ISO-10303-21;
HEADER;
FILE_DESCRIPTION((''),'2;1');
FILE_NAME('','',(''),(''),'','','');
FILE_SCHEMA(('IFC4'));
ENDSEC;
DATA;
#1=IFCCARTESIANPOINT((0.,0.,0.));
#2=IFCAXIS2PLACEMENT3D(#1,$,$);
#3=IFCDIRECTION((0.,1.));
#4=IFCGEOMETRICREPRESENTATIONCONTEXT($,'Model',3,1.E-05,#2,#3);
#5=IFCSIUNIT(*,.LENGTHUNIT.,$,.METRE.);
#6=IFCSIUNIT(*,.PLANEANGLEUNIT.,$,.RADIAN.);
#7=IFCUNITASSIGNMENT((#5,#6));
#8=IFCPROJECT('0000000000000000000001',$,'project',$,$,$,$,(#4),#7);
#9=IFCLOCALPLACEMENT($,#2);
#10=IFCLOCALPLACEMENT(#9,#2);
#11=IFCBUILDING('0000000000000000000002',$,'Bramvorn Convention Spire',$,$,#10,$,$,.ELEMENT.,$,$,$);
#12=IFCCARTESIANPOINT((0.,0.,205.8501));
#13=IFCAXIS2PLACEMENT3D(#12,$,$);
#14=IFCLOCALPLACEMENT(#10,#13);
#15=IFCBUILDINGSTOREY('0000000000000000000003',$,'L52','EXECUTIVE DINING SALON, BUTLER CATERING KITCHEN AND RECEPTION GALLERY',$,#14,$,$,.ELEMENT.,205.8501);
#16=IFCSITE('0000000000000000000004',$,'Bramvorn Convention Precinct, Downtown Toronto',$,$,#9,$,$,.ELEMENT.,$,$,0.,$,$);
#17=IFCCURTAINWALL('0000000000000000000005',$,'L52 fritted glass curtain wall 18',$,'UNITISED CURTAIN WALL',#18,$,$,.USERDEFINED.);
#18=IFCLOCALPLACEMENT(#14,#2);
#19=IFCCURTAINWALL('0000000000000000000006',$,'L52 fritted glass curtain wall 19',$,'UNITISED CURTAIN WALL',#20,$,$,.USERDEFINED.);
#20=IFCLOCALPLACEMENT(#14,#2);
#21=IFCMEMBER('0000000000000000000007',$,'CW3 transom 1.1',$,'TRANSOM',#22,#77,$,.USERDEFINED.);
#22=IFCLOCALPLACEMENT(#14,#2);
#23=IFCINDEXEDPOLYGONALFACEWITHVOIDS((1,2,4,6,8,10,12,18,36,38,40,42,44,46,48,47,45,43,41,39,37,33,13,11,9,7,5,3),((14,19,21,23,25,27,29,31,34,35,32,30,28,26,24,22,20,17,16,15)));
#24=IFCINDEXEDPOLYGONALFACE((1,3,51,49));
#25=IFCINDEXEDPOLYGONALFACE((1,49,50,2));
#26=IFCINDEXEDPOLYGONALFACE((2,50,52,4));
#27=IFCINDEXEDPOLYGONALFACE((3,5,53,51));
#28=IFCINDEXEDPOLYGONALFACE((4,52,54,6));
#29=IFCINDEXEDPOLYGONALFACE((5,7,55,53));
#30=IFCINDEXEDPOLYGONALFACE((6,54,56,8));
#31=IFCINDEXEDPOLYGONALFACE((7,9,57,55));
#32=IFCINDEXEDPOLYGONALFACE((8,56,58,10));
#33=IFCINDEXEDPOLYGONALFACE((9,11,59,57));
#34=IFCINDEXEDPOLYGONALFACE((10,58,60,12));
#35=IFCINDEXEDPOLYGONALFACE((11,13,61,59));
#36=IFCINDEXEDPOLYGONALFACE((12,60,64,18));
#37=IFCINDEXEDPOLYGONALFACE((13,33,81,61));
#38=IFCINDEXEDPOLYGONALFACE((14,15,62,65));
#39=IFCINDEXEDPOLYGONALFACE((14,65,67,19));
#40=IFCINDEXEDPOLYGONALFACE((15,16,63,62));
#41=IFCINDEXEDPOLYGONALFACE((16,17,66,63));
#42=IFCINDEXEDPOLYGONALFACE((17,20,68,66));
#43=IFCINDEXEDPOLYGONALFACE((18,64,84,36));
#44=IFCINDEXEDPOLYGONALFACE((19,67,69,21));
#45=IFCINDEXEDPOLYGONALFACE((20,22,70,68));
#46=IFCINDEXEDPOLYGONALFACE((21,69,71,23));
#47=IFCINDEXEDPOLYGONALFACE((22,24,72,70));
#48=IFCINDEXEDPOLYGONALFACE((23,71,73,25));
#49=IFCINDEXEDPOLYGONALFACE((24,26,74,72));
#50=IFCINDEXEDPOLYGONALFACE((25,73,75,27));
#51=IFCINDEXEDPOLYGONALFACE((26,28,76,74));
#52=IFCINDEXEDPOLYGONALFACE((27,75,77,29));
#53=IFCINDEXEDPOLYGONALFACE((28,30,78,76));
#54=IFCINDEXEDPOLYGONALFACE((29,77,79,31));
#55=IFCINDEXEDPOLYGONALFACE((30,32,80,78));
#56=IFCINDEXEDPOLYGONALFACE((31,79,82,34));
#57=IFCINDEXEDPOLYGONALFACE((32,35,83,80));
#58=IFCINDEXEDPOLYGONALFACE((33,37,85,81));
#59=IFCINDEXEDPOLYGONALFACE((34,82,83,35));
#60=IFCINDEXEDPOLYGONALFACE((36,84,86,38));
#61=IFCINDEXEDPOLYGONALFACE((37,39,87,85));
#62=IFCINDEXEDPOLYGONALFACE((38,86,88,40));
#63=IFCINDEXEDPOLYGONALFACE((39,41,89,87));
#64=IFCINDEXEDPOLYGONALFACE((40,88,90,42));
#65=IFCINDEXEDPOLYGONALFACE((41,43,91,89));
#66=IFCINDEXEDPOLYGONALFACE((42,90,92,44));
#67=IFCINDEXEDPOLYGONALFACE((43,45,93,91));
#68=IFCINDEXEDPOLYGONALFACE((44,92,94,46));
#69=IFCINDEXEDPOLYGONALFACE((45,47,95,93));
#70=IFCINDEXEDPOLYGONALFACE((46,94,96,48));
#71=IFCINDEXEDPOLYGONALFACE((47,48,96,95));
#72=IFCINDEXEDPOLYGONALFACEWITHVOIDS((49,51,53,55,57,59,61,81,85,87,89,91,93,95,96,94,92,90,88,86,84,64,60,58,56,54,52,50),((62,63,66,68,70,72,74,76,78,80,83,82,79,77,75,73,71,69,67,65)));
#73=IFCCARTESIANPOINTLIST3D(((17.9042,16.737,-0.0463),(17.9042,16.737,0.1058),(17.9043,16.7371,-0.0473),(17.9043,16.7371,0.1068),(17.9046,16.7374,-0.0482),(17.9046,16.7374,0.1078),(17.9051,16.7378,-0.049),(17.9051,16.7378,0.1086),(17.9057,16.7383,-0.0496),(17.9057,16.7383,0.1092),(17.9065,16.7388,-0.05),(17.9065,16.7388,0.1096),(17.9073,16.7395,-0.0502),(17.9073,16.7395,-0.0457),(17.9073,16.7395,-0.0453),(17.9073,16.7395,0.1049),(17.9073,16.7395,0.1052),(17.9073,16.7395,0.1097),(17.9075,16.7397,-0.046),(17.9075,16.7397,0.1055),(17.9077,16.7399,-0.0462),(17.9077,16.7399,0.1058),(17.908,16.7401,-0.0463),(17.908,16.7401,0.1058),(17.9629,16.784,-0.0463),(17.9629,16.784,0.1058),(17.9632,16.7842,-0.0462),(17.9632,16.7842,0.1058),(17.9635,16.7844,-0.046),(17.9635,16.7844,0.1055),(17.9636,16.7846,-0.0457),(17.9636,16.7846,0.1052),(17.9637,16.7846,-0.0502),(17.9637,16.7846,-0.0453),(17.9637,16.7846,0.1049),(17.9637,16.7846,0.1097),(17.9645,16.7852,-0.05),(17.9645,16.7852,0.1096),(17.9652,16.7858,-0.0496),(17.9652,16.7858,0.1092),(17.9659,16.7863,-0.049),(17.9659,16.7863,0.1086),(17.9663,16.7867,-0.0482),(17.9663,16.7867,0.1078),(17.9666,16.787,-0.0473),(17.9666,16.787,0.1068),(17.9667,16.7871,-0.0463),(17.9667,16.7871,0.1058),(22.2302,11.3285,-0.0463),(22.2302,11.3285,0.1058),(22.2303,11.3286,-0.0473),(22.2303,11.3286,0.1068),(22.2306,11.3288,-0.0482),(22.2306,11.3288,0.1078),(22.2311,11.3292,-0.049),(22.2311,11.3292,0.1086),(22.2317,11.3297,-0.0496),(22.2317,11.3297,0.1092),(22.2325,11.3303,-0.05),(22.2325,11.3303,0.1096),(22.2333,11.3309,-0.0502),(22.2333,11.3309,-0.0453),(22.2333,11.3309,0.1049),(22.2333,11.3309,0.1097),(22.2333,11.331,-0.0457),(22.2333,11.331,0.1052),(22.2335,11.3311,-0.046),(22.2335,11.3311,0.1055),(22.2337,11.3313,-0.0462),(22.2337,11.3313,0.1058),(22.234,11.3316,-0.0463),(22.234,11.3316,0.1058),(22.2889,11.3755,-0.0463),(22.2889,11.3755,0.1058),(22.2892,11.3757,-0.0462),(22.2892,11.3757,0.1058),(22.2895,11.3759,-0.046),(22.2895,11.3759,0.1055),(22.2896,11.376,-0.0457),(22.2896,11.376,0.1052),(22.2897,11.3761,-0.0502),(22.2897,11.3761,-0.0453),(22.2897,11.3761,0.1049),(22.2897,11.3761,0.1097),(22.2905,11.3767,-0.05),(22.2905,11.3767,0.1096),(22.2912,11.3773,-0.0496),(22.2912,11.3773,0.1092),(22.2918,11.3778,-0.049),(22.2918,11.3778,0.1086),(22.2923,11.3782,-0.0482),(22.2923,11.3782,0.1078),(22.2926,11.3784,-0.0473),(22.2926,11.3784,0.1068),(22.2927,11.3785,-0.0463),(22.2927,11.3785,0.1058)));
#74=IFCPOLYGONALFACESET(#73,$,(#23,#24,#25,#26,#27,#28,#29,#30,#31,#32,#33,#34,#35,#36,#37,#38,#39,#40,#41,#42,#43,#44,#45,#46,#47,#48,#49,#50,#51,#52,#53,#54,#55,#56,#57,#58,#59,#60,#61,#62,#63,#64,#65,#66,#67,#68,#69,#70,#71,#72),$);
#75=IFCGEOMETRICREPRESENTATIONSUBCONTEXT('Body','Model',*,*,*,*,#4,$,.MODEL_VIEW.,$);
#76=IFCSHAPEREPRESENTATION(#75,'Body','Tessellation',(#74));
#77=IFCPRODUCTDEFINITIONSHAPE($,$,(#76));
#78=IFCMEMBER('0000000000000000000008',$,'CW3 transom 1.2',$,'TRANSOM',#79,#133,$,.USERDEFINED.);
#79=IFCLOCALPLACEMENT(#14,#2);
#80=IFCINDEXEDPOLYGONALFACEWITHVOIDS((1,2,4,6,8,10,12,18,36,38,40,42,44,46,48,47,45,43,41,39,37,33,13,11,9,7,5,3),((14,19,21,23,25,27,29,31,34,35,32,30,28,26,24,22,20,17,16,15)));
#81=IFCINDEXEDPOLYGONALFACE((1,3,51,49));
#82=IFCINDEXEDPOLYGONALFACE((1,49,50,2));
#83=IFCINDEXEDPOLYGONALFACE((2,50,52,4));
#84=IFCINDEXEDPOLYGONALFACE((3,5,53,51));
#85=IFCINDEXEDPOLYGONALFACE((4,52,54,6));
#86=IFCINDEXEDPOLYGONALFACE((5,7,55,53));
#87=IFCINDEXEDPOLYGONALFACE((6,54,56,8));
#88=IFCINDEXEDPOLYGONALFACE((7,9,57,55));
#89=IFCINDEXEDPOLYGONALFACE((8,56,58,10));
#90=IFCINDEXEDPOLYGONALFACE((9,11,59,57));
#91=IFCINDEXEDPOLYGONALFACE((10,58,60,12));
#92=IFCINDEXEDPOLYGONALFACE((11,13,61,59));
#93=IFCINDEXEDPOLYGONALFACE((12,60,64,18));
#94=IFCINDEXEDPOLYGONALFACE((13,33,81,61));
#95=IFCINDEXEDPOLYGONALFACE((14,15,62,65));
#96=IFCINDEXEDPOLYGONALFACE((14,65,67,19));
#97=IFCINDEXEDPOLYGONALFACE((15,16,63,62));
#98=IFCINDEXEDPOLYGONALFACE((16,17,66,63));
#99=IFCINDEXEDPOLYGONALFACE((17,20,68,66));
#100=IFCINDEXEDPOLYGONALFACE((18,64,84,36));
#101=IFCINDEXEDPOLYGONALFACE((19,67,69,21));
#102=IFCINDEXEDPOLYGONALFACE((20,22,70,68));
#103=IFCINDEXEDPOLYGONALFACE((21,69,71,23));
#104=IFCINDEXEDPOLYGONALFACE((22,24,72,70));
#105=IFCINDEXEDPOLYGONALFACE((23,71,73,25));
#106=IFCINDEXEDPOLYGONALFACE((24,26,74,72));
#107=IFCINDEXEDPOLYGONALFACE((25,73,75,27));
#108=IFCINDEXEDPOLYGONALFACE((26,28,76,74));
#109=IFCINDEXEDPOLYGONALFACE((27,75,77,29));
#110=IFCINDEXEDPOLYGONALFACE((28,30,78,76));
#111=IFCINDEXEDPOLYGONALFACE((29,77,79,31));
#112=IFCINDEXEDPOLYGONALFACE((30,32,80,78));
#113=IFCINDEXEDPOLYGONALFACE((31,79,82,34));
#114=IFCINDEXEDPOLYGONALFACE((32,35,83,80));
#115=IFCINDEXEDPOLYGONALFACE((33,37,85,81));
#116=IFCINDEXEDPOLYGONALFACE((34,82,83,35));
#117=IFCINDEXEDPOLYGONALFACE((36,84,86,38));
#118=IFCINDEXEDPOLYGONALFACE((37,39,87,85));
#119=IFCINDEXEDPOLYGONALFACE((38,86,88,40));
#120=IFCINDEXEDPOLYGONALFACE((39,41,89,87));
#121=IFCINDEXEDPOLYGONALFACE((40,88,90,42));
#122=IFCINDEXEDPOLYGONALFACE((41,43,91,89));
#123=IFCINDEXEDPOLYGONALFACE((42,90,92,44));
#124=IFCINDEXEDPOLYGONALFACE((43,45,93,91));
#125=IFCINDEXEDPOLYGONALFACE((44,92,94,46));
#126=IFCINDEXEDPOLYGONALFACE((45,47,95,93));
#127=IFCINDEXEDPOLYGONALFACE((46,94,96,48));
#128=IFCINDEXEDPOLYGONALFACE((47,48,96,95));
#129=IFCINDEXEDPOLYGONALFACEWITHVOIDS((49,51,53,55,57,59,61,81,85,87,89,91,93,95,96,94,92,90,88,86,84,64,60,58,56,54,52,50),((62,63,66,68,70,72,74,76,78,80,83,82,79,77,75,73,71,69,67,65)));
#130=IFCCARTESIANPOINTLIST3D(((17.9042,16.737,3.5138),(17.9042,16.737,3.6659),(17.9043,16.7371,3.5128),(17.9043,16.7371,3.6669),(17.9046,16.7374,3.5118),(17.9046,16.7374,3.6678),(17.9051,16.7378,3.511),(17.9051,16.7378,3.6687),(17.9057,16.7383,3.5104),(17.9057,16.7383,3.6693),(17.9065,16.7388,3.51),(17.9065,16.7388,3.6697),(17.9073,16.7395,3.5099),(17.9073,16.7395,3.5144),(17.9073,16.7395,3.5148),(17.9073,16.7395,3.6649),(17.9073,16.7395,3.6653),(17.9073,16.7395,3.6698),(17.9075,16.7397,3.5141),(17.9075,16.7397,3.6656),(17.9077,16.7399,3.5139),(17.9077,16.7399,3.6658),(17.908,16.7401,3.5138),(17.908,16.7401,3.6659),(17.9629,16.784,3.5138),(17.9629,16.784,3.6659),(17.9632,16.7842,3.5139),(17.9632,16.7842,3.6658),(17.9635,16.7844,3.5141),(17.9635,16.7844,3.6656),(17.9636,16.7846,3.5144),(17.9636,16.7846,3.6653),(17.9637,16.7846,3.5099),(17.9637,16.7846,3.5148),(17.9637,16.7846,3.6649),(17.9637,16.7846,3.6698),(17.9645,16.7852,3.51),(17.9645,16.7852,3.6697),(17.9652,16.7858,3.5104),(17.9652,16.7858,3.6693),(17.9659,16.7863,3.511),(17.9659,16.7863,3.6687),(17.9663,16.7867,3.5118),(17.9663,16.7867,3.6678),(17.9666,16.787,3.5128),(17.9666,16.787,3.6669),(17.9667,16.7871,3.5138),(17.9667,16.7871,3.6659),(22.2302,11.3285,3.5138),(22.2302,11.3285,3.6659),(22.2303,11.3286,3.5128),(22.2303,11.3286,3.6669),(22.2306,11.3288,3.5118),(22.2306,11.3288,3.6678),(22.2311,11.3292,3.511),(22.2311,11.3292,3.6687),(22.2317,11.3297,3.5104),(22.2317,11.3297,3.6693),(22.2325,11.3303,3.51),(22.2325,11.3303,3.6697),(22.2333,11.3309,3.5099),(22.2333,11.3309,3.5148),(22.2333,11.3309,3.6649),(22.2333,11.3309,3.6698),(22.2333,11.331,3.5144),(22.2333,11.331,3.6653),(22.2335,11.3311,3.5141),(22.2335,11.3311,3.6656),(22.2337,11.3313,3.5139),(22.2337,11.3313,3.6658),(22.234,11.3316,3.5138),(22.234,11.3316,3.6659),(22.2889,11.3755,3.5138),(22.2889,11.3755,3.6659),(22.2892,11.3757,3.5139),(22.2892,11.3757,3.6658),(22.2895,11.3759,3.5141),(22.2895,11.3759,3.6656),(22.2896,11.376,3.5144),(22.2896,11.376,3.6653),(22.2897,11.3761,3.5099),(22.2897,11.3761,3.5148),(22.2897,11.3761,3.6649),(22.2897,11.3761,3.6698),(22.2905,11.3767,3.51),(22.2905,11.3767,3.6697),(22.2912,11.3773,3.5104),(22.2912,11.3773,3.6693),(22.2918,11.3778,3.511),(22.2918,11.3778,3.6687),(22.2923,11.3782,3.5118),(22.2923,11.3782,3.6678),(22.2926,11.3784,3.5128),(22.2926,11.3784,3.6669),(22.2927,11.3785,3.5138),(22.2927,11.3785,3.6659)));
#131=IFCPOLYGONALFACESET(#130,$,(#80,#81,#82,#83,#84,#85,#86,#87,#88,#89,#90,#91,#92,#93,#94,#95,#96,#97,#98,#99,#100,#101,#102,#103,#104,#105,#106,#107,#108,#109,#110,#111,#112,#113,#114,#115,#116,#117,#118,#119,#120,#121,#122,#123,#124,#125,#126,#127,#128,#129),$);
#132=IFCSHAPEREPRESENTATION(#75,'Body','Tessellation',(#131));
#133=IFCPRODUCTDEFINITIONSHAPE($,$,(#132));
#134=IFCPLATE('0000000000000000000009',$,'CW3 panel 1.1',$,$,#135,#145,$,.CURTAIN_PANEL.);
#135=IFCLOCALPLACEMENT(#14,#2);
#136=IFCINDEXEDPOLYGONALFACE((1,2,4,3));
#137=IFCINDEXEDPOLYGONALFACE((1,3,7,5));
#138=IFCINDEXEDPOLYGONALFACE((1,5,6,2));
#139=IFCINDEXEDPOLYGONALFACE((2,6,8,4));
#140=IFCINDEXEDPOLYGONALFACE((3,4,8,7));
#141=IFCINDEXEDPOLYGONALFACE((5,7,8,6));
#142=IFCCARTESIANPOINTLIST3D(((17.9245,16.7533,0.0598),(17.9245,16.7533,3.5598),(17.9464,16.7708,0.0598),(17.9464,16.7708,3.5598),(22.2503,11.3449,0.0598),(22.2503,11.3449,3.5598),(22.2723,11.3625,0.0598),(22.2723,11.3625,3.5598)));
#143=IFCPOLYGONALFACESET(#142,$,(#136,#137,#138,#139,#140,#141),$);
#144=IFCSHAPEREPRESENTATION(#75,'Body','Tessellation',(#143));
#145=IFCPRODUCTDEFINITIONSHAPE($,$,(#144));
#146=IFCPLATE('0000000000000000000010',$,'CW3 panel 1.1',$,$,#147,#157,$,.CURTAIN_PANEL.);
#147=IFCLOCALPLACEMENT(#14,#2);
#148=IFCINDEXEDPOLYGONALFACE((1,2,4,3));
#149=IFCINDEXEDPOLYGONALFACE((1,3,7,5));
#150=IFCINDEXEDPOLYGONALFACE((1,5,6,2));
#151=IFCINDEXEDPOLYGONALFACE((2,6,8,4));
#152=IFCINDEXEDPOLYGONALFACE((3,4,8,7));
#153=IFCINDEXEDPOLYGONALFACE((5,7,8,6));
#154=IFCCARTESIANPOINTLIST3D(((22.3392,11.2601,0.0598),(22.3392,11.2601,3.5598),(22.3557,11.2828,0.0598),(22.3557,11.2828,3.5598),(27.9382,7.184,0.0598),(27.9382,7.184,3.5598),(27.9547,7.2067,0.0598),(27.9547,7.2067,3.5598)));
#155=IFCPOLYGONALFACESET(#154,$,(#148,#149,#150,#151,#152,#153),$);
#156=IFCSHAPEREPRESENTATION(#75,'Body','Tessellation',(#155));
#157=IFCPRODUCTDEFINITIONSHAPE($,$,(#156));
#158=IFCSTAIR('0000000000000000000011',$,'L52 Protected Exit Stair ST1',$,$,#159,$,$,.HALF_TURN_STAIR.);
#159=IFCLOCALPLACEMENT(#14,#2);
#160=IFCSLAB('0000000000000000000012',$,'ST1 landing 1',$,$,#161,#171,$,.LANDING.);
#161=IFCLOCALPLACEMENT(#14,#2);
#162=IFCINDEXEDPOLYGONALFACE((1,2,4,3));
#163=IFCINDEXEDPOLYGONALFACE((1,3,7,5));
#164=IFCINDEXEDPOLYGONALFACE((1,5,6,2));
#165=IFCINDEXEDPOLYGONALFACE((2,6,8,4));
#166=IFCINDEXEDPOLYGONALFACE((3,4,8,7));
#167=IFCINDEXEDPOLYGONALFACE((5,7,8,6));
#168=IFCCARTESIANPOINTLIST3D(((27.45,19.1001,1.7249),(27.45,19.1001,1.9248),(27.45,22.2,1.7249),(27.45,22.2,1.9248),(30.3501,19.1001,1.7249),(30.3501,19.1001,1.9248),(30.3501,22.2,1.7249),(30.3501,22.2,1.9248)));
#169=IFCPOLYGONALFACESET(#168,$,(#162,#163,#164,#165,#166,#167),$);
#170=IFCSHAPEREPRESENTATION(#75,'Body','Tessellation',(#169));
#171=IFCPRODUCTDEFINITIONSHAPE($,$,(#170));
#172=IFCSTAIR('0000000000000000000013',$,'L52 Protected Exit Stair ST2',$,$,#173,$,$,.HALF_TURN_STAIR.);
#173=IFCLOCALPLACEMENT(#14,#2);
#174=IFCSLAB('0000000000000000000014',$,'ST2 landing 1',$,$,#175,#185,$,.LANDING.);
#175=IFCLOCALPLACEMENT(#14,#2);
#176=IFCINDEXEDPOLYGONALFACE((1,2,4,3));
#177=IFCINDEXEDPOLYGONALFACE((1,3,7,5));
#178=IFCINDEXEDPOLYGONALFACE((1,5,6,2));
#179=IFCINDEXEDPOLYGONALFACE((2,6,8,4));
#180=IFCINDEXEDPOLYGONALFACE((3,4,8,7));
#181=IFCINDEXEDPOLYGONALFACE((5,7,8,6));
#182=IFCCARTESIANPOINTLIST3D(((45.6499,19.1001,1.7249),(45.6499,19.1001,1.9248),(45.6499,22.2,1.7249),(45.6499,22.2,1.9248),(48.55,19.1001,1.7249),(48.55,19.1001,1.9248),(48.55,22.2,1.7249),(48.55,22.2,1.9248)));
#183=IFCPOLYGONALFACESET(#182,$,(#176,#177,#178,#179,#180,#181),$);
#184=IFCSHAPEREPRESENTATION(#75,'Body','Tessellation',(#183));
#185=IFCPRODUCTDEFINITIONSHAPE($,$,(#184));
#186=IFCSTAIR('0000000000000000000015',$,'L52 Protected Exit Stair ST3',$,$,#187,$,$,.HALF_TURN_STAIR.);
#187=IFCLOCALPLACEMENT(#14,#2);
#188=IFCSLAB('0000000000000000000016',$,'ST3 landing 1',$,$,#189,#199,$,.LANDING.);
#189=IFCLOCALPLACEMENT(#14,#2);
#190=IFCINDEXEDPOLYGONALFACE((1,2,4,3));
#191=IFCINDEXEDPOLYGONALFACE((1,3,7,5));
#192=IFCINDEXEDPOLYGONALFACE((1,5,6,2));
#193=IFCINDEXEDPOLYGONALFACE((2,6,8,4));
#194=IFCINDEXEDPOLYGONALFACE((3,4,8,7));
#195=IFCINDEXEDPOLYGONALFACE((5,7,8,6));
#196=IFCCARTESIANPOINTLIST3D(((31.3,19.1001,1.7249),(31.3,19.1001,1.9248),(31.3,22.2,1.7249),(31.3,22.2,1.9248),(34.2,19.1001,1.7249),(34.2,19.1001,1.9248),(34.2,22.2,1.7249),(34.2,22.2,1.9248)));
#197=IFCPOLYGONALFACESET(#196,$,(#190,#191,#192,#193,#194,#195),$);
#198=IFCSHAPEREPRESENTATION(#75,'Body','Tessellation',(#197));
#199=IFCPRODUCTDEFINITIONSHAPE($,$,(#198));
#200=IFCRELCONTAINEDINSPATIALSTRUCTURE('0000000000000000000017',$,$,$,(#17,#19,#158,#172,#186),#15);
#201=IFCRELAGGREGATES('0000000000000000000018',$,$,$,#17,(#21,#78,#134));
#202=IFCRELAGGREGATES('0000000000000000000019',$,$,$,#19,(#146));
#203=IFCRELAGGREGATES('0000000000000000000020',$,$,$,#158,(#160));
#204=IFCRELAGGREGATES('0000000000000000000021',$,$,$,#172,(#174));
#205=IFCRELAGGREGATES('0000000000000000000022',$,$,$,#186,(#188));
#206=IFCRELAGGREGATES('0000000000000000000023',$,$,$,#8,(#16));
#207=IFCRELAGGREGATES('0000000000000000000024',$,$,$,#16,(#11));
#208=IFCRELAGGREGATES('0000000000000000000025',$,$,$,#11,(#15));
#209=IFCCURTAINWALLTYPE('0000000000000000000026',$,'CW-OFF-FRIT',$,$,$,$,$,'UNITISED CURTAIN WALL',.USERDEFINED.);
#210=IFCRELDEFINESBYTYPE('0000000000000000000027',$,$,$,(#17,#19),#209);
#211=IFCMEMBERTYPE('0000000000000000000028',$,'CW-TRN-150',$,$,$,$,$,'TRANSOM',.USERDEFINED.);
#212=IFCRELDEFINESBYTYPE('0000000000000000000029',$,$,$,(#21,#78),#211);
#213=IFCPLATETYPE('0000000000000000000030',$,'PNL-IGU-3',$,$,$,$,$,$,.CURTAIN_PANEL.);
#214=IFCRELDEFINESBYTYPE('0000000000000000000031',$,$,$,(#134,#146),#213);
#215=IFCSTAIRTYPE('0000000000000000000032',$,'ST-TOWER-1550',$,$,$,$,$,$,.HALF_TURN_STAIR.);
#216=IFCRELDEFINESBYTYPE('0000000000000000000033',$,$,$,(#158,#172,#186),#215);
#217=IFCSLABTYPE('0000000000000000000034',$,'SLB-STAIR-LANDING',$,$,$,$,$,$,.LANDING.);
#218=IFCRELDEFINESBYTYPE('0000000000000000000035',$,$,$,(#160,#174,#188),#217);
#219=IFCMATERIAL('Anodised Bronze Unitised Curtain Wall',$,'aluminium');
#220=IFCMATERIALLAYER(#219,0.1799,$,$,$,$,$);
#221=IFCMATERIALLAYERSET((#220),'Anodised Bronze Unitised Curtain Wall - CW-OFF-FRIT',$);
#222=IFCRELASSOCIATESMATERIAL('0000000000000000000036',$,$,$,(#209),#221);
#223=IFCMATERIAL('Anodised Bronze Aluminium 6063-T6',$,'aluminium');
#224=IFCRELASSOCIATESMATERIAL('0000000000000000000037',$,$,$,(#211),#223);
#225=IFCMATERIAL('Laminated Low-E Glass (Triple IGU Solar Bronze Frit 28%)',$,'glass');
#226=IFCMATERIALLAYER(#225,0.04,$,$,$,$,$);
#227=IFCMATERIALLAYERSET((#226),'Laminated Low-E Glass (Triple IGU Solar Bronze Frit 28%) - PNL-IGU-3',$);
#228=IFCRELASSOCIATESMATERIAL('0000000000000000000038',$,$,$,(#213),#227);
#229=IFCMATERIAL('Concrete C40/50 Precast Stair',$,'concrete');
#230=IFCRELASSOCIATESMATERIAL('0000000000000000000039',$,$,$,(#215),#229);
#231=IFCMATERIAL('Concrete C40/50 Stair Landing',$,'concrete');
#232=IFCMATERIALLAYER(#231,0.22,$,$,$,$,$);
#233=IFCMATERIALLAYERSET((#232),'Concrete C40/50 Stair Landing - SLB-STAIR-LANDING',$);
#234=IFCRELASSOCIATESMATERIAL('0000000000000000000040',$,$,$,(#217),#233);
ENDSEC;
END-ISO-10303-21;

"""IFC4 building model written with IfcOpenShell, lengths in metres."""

from ifc_helpers import new_model, si_unit, direction, frame, origin, origin_2d, place, context, subcontext, project, spatial, polyline, rectangle, hollow_rectangle, outline, extrude, material, layer, layer_set, material_profile, profile_set, type_object, element, aggregate, save


model = new_model("IFC4")

# Units and contexts
model_context = context("Model", 3, precision=1e-05, world=origin(), true_north=direction((0.0, 1.0)))
body_context = subcontext(model_context, "Body", "Model", "MODEL_VIEW")
ifc_project = project(units=[si_unit("LENGTHUNIT", "METRE"), si_unit("PLANEANGLEUNIT", "RADIAN")], contexts=[model_context])

# Site, building, storey
site_placement = place(None, origin())
site = spatial("IfcSite", under=ifc_project, at=site_placement, Name="Bramvorn Convention Precinct, Downtown Toronto", CompositionType="ELEMENT", RefElevation=0.0)
building_placement = place(site_placement, origin())
building = spatial("IfcBuilding", under=site, at=building_placement, Name="Bramvorn Convention Spire", CompositionType="ELEMENT")
storey_placement = place(building_placement, frame((0.0, 0.0, 205.8501)))
storey = spatial("IfcBuildingStorey", under=building, at=storey_placement, Name="L52", Description="EXECUTIVE DINING SALON, BUTLER CATERING KITCHEN AND RECEPTION GALLERY", CompositionType="ELEMENT", Elevation=205.8501)

# Curtain wall
ifc_material_1 = material(Name="Anodised Bronze Unitised Curtain Wall", Category="aluminium")
ifc_layer_1 = layer(ifc_material_1, 0.1799)
ifc_layer_set_1 = layer_set([ifc_layer_1], Name="Anodised Bronze Unitised Curtain Wall - CW-OFF-FRIT")
curtain_wall_type = type_object("IfcCurtainWallType", Name="CW-OFF-FRIT", ElementType="UNITISED CURTAIN WALL", PredefinedType="USERDEFINED", material=ifc_layer_set_1)
curtain_wall_1_placement = place(storey_placement, origin())
curtain_wall_1 = element("IfcCurtainWall", 1, at=curtain_wall_1_placement, inside=storey, type_object=curtain_wall_type, Name="L52 fritted glass curtain wall 18", ObjectType="UNITISED CURTAIN WALL", PredefinedType="USERDEFINED")
ifc_material_2 = material(Name="Anodised Bronze Aluminium 6063-T6", Category="aluminium")

# Curtain wall
curtain_wall_2_placement = place(storey_placement, origin())
curtain_wall_2 = element("IfcCurtainWall", 2, at=curtain_wall_2_placement, inside=storey, type_object=curtain_wall_type, Name="L52 fritted glass curtain wall 19", ObjectType="UNITISED CURTAIN WALL", PredefinedType="USERDEFINED")

# Members
ifc_material_profile_1 = material_profile(ifc_material_2, hollow_rectangle(XDim=0.0801, YDim=0.1599, WallThickness=0.0039, InnerFilletRadius=0.001, OuterFilletRadius=0.0039, at=origin_2d()))
ifc_profile_set_1 = profile_set([ifc_material_profile_1], Name="Anodised Bronze Aluminium 6063-T6 - CWT80X160")
member_type_1 = type_object("IfcMemberType", Name="CW-TRN-150", ElementType="TRANSOM", PredefinedType="USERDEFINED", material=ifc_profile_set_1)
member_1_placement = place(storey_placement, frame((22.2615, 11.3535, 0.0298), z_axis=(-0.624622, 0.780927, 0.0), x_axis=(-0.780927, -0.624622, 0.0)))
member_1 = element("IfcMember", 3, at=member_1_placement, type_object=member_type_1, Name="CW3 transom 1.1", ObjectType="TRANSOM", PredefinedType="USERDEFINED", context=body_context, shape_type="SweptSolid", body=[
    extrude(hollow_rectangle(XDim=0.0801, YDim=0.1599, WallThickness=0.0039, InnerFilletRadius=0.001, OuterFilletRadius=0.0039, at=origin_2d()), origin(), (0.0, 0.0, 1.0), 6.9258),
])
member_2_placement = place(storey_placement, frame((22.2615, 11.3535, 3.5898), z_axis=(-0.624622, 0.780927, 0.0), x_axis=(-0.780927, -0.624622, 0.0)))
member_2 = element("IfcMember", 4, at=member_2_placement, type_object=member_type_1, Name="CW3 transom 1.2", ObjectType="TRANSOM", PredefinedType="USERDEFINED", context=body_context, shape_type="SweptSolid", body=[
    extrude(hollow_rectangle(XDim=0.0801, YDim=0.1599, WallThickness=0.0039, InnerFilletRadius=0.001, OuterFilletRadius=0.0039, at=origin_2d()), origin(), (0.0, 0.0, 1.0), 6.9258),
])

# Plates
ifc_material_3 = material(Name="Laminated Low-E Glass (Triple IGU Solar Bronze Frit 28%)", Category="glass")
ifc_layer_2 = layer(ifc_material_3, 0.04)
ifc_layer_set_2 = layer_set([ifc_layer_2], Name="Laminated Low-E Glass (Triple IGU Solar Bronze Frit 28%) - PNL-IGU-3")
plate_type = type_object("IfcPlateType", Name="PNL-IGU-3", PredefinedType="CURTAIN_PANEL", material=ifc_layer_set_2)
plate_1_placement = place(storey_placement, frame((20.0984, 14.0579, 0.0598), z_axis=(0.0, 0.0, 1.0), x_axis=(-0.624619, 0.78093, 0.0)))
plate_1 = element("IfcPlate", 5, at=plate_1_placement, type_object=plate_type, Name="CW3 panel 1.1", PredefinedType="CURTAIN_PANEL", context=body_context, shape_type="SweptSolid", body=[
    extrude(rectangle(XDim=6.9255, YDim=0.0281, at=origin_2d()), origin(), (0.0, 0.0, 1.0), 3.5),
])
aggregate(curtain_wall_1, [member_1, member_2, plate_1])
plate_2_placement = place(storey_placement, frame((25.147, 9.2334, 0.0598), z_axis=(0.0, 0.0, 1.0), x_axis=(-0.80846, 0.588551, 0.0)))
plate_2 = element("IfcPlate", 6, at=plate_2_placement, type_object=plate_type, Name="CW3 panel 1.1", PredefinedType="CURTAIN_PANEL", context=body_context, shape_type="SweptSolid", body=[
    extrude(rectangle(XDim=6.9255, YDim=0.0281, at=origin_2d()), origin(), (0.0, 0.0, 1.0), 3.5),
])
aggregate(curtain_wall_2, [plate_2])

# Stairs, slabs
ifc_material_4 = material(Name="Concrete C40/50 Precast Stair", Category="concrete")
stair_type = type_object("IfcStairType", Name="ST-TOWER-1550", PredefinedType="HALF_TURN_STAIR", material=ifc_material_4)
stair_1_placement = place(storey_placement, origin())
stair_1 = element("IfcStair", 7, at=stair_1_placement, inside=storey, type_object=stair_type, Name="L52 Protected Exit Stair ST1", PredefinedType="HALF_TURN_STAIR")
ifc_material_5 = material(Name="Concrete C40/50 Stair Landing", Category="concrete")
ifc_layer_3 = layer(ifc_material_5, 0.22)
ifc_layer_set_3 = layer_set([ifc_layer_3], Name="Concrete C40/50 Stair Landing - SLB-STAIR-LANDING")
slab_type_1 = type_object("IfcSlabType", Name="SLB-STAIR-LANDING", PredefinedType="LANDING", material=ifc_layer_set_3)
slab_1_placement = place(storey_placement, frame((0.0, 0.0, 1.7249)))
slab_1 = element("IfcSlab", 8, at=slab_1_placement, type_object=slab_type_1, Name="ST1 landing 1", PredefinedType="LANDING", context=body_context, shape_type="SweptSolid", body=[
    extrude(outline(polyline([(27.45, 22.2), (27.45, 19.1001), (30.3501, 19.1001), (30.3501, 22.2), (27.45, 22.2)])), origin(), (0.0, 0.0, 1.0), 0.2),
])
aggregate(stair_1, [slab_1])
stair_2_placement = place(storey_placement, origin())
stair_2 = element("IfcStair", 9, at=stair_2_placement, inside=storey, type_object=stair_type, Name="L52 Protected Exit Stair ST2", PredefinedType="HALF_TURN_STAIR")
slab_2_placement = place(storey_placement, frame((0.0, 0.0, 1.7249)))
slab_2 = element("IfcSlab", 10, at=slab_2_placement, type_object=slab_type_1, Name="ST2 landing 1", PredefinedType="LANDING", context=body_context, shape_type="SweptSolid", body=[
    extrude(outline(polyline([(45.6499, 22.2), (45.6499, 19.1001), (48.55, 19.1001), (48.55, 22.2), (45.6499, 22.2)])), origin(), (0.0, 0.0, 1.0), 0.2),
])
aggregate(stair_2, [slab_2])
stair_3_placement = place(storey_placement, origin())
stair_3 = element("IfcStair", 11, at=stair_3_placement, inside=storey, type_object=stair_type, Name="L52 Protected Exit Stair ST3", PredefinedType="HALF_TURN_STAIR")
slab_3_placement = place(storey_placement, frame((0.0, 0.0, 1.7249)))
slab_3 = element("IfcSlab", 12, at=slab_3_placement, type_object=slab_type_1, Name="ST3 landing 1", PredefinedType="LANDING", context=body_context, shape_type="SweptSolid", body=[
    extrude(outline(polyline([(31.3, 22.2), (31.3, 19.1001), (34.2, 19.1001), (34.2, 22.2), (31.3, 22.2)])), origin(), (0.0, 0.0, 1.0), 0.2),
])
aggregate(stair_3, [slab_3])

save(model, "model.ifc")
